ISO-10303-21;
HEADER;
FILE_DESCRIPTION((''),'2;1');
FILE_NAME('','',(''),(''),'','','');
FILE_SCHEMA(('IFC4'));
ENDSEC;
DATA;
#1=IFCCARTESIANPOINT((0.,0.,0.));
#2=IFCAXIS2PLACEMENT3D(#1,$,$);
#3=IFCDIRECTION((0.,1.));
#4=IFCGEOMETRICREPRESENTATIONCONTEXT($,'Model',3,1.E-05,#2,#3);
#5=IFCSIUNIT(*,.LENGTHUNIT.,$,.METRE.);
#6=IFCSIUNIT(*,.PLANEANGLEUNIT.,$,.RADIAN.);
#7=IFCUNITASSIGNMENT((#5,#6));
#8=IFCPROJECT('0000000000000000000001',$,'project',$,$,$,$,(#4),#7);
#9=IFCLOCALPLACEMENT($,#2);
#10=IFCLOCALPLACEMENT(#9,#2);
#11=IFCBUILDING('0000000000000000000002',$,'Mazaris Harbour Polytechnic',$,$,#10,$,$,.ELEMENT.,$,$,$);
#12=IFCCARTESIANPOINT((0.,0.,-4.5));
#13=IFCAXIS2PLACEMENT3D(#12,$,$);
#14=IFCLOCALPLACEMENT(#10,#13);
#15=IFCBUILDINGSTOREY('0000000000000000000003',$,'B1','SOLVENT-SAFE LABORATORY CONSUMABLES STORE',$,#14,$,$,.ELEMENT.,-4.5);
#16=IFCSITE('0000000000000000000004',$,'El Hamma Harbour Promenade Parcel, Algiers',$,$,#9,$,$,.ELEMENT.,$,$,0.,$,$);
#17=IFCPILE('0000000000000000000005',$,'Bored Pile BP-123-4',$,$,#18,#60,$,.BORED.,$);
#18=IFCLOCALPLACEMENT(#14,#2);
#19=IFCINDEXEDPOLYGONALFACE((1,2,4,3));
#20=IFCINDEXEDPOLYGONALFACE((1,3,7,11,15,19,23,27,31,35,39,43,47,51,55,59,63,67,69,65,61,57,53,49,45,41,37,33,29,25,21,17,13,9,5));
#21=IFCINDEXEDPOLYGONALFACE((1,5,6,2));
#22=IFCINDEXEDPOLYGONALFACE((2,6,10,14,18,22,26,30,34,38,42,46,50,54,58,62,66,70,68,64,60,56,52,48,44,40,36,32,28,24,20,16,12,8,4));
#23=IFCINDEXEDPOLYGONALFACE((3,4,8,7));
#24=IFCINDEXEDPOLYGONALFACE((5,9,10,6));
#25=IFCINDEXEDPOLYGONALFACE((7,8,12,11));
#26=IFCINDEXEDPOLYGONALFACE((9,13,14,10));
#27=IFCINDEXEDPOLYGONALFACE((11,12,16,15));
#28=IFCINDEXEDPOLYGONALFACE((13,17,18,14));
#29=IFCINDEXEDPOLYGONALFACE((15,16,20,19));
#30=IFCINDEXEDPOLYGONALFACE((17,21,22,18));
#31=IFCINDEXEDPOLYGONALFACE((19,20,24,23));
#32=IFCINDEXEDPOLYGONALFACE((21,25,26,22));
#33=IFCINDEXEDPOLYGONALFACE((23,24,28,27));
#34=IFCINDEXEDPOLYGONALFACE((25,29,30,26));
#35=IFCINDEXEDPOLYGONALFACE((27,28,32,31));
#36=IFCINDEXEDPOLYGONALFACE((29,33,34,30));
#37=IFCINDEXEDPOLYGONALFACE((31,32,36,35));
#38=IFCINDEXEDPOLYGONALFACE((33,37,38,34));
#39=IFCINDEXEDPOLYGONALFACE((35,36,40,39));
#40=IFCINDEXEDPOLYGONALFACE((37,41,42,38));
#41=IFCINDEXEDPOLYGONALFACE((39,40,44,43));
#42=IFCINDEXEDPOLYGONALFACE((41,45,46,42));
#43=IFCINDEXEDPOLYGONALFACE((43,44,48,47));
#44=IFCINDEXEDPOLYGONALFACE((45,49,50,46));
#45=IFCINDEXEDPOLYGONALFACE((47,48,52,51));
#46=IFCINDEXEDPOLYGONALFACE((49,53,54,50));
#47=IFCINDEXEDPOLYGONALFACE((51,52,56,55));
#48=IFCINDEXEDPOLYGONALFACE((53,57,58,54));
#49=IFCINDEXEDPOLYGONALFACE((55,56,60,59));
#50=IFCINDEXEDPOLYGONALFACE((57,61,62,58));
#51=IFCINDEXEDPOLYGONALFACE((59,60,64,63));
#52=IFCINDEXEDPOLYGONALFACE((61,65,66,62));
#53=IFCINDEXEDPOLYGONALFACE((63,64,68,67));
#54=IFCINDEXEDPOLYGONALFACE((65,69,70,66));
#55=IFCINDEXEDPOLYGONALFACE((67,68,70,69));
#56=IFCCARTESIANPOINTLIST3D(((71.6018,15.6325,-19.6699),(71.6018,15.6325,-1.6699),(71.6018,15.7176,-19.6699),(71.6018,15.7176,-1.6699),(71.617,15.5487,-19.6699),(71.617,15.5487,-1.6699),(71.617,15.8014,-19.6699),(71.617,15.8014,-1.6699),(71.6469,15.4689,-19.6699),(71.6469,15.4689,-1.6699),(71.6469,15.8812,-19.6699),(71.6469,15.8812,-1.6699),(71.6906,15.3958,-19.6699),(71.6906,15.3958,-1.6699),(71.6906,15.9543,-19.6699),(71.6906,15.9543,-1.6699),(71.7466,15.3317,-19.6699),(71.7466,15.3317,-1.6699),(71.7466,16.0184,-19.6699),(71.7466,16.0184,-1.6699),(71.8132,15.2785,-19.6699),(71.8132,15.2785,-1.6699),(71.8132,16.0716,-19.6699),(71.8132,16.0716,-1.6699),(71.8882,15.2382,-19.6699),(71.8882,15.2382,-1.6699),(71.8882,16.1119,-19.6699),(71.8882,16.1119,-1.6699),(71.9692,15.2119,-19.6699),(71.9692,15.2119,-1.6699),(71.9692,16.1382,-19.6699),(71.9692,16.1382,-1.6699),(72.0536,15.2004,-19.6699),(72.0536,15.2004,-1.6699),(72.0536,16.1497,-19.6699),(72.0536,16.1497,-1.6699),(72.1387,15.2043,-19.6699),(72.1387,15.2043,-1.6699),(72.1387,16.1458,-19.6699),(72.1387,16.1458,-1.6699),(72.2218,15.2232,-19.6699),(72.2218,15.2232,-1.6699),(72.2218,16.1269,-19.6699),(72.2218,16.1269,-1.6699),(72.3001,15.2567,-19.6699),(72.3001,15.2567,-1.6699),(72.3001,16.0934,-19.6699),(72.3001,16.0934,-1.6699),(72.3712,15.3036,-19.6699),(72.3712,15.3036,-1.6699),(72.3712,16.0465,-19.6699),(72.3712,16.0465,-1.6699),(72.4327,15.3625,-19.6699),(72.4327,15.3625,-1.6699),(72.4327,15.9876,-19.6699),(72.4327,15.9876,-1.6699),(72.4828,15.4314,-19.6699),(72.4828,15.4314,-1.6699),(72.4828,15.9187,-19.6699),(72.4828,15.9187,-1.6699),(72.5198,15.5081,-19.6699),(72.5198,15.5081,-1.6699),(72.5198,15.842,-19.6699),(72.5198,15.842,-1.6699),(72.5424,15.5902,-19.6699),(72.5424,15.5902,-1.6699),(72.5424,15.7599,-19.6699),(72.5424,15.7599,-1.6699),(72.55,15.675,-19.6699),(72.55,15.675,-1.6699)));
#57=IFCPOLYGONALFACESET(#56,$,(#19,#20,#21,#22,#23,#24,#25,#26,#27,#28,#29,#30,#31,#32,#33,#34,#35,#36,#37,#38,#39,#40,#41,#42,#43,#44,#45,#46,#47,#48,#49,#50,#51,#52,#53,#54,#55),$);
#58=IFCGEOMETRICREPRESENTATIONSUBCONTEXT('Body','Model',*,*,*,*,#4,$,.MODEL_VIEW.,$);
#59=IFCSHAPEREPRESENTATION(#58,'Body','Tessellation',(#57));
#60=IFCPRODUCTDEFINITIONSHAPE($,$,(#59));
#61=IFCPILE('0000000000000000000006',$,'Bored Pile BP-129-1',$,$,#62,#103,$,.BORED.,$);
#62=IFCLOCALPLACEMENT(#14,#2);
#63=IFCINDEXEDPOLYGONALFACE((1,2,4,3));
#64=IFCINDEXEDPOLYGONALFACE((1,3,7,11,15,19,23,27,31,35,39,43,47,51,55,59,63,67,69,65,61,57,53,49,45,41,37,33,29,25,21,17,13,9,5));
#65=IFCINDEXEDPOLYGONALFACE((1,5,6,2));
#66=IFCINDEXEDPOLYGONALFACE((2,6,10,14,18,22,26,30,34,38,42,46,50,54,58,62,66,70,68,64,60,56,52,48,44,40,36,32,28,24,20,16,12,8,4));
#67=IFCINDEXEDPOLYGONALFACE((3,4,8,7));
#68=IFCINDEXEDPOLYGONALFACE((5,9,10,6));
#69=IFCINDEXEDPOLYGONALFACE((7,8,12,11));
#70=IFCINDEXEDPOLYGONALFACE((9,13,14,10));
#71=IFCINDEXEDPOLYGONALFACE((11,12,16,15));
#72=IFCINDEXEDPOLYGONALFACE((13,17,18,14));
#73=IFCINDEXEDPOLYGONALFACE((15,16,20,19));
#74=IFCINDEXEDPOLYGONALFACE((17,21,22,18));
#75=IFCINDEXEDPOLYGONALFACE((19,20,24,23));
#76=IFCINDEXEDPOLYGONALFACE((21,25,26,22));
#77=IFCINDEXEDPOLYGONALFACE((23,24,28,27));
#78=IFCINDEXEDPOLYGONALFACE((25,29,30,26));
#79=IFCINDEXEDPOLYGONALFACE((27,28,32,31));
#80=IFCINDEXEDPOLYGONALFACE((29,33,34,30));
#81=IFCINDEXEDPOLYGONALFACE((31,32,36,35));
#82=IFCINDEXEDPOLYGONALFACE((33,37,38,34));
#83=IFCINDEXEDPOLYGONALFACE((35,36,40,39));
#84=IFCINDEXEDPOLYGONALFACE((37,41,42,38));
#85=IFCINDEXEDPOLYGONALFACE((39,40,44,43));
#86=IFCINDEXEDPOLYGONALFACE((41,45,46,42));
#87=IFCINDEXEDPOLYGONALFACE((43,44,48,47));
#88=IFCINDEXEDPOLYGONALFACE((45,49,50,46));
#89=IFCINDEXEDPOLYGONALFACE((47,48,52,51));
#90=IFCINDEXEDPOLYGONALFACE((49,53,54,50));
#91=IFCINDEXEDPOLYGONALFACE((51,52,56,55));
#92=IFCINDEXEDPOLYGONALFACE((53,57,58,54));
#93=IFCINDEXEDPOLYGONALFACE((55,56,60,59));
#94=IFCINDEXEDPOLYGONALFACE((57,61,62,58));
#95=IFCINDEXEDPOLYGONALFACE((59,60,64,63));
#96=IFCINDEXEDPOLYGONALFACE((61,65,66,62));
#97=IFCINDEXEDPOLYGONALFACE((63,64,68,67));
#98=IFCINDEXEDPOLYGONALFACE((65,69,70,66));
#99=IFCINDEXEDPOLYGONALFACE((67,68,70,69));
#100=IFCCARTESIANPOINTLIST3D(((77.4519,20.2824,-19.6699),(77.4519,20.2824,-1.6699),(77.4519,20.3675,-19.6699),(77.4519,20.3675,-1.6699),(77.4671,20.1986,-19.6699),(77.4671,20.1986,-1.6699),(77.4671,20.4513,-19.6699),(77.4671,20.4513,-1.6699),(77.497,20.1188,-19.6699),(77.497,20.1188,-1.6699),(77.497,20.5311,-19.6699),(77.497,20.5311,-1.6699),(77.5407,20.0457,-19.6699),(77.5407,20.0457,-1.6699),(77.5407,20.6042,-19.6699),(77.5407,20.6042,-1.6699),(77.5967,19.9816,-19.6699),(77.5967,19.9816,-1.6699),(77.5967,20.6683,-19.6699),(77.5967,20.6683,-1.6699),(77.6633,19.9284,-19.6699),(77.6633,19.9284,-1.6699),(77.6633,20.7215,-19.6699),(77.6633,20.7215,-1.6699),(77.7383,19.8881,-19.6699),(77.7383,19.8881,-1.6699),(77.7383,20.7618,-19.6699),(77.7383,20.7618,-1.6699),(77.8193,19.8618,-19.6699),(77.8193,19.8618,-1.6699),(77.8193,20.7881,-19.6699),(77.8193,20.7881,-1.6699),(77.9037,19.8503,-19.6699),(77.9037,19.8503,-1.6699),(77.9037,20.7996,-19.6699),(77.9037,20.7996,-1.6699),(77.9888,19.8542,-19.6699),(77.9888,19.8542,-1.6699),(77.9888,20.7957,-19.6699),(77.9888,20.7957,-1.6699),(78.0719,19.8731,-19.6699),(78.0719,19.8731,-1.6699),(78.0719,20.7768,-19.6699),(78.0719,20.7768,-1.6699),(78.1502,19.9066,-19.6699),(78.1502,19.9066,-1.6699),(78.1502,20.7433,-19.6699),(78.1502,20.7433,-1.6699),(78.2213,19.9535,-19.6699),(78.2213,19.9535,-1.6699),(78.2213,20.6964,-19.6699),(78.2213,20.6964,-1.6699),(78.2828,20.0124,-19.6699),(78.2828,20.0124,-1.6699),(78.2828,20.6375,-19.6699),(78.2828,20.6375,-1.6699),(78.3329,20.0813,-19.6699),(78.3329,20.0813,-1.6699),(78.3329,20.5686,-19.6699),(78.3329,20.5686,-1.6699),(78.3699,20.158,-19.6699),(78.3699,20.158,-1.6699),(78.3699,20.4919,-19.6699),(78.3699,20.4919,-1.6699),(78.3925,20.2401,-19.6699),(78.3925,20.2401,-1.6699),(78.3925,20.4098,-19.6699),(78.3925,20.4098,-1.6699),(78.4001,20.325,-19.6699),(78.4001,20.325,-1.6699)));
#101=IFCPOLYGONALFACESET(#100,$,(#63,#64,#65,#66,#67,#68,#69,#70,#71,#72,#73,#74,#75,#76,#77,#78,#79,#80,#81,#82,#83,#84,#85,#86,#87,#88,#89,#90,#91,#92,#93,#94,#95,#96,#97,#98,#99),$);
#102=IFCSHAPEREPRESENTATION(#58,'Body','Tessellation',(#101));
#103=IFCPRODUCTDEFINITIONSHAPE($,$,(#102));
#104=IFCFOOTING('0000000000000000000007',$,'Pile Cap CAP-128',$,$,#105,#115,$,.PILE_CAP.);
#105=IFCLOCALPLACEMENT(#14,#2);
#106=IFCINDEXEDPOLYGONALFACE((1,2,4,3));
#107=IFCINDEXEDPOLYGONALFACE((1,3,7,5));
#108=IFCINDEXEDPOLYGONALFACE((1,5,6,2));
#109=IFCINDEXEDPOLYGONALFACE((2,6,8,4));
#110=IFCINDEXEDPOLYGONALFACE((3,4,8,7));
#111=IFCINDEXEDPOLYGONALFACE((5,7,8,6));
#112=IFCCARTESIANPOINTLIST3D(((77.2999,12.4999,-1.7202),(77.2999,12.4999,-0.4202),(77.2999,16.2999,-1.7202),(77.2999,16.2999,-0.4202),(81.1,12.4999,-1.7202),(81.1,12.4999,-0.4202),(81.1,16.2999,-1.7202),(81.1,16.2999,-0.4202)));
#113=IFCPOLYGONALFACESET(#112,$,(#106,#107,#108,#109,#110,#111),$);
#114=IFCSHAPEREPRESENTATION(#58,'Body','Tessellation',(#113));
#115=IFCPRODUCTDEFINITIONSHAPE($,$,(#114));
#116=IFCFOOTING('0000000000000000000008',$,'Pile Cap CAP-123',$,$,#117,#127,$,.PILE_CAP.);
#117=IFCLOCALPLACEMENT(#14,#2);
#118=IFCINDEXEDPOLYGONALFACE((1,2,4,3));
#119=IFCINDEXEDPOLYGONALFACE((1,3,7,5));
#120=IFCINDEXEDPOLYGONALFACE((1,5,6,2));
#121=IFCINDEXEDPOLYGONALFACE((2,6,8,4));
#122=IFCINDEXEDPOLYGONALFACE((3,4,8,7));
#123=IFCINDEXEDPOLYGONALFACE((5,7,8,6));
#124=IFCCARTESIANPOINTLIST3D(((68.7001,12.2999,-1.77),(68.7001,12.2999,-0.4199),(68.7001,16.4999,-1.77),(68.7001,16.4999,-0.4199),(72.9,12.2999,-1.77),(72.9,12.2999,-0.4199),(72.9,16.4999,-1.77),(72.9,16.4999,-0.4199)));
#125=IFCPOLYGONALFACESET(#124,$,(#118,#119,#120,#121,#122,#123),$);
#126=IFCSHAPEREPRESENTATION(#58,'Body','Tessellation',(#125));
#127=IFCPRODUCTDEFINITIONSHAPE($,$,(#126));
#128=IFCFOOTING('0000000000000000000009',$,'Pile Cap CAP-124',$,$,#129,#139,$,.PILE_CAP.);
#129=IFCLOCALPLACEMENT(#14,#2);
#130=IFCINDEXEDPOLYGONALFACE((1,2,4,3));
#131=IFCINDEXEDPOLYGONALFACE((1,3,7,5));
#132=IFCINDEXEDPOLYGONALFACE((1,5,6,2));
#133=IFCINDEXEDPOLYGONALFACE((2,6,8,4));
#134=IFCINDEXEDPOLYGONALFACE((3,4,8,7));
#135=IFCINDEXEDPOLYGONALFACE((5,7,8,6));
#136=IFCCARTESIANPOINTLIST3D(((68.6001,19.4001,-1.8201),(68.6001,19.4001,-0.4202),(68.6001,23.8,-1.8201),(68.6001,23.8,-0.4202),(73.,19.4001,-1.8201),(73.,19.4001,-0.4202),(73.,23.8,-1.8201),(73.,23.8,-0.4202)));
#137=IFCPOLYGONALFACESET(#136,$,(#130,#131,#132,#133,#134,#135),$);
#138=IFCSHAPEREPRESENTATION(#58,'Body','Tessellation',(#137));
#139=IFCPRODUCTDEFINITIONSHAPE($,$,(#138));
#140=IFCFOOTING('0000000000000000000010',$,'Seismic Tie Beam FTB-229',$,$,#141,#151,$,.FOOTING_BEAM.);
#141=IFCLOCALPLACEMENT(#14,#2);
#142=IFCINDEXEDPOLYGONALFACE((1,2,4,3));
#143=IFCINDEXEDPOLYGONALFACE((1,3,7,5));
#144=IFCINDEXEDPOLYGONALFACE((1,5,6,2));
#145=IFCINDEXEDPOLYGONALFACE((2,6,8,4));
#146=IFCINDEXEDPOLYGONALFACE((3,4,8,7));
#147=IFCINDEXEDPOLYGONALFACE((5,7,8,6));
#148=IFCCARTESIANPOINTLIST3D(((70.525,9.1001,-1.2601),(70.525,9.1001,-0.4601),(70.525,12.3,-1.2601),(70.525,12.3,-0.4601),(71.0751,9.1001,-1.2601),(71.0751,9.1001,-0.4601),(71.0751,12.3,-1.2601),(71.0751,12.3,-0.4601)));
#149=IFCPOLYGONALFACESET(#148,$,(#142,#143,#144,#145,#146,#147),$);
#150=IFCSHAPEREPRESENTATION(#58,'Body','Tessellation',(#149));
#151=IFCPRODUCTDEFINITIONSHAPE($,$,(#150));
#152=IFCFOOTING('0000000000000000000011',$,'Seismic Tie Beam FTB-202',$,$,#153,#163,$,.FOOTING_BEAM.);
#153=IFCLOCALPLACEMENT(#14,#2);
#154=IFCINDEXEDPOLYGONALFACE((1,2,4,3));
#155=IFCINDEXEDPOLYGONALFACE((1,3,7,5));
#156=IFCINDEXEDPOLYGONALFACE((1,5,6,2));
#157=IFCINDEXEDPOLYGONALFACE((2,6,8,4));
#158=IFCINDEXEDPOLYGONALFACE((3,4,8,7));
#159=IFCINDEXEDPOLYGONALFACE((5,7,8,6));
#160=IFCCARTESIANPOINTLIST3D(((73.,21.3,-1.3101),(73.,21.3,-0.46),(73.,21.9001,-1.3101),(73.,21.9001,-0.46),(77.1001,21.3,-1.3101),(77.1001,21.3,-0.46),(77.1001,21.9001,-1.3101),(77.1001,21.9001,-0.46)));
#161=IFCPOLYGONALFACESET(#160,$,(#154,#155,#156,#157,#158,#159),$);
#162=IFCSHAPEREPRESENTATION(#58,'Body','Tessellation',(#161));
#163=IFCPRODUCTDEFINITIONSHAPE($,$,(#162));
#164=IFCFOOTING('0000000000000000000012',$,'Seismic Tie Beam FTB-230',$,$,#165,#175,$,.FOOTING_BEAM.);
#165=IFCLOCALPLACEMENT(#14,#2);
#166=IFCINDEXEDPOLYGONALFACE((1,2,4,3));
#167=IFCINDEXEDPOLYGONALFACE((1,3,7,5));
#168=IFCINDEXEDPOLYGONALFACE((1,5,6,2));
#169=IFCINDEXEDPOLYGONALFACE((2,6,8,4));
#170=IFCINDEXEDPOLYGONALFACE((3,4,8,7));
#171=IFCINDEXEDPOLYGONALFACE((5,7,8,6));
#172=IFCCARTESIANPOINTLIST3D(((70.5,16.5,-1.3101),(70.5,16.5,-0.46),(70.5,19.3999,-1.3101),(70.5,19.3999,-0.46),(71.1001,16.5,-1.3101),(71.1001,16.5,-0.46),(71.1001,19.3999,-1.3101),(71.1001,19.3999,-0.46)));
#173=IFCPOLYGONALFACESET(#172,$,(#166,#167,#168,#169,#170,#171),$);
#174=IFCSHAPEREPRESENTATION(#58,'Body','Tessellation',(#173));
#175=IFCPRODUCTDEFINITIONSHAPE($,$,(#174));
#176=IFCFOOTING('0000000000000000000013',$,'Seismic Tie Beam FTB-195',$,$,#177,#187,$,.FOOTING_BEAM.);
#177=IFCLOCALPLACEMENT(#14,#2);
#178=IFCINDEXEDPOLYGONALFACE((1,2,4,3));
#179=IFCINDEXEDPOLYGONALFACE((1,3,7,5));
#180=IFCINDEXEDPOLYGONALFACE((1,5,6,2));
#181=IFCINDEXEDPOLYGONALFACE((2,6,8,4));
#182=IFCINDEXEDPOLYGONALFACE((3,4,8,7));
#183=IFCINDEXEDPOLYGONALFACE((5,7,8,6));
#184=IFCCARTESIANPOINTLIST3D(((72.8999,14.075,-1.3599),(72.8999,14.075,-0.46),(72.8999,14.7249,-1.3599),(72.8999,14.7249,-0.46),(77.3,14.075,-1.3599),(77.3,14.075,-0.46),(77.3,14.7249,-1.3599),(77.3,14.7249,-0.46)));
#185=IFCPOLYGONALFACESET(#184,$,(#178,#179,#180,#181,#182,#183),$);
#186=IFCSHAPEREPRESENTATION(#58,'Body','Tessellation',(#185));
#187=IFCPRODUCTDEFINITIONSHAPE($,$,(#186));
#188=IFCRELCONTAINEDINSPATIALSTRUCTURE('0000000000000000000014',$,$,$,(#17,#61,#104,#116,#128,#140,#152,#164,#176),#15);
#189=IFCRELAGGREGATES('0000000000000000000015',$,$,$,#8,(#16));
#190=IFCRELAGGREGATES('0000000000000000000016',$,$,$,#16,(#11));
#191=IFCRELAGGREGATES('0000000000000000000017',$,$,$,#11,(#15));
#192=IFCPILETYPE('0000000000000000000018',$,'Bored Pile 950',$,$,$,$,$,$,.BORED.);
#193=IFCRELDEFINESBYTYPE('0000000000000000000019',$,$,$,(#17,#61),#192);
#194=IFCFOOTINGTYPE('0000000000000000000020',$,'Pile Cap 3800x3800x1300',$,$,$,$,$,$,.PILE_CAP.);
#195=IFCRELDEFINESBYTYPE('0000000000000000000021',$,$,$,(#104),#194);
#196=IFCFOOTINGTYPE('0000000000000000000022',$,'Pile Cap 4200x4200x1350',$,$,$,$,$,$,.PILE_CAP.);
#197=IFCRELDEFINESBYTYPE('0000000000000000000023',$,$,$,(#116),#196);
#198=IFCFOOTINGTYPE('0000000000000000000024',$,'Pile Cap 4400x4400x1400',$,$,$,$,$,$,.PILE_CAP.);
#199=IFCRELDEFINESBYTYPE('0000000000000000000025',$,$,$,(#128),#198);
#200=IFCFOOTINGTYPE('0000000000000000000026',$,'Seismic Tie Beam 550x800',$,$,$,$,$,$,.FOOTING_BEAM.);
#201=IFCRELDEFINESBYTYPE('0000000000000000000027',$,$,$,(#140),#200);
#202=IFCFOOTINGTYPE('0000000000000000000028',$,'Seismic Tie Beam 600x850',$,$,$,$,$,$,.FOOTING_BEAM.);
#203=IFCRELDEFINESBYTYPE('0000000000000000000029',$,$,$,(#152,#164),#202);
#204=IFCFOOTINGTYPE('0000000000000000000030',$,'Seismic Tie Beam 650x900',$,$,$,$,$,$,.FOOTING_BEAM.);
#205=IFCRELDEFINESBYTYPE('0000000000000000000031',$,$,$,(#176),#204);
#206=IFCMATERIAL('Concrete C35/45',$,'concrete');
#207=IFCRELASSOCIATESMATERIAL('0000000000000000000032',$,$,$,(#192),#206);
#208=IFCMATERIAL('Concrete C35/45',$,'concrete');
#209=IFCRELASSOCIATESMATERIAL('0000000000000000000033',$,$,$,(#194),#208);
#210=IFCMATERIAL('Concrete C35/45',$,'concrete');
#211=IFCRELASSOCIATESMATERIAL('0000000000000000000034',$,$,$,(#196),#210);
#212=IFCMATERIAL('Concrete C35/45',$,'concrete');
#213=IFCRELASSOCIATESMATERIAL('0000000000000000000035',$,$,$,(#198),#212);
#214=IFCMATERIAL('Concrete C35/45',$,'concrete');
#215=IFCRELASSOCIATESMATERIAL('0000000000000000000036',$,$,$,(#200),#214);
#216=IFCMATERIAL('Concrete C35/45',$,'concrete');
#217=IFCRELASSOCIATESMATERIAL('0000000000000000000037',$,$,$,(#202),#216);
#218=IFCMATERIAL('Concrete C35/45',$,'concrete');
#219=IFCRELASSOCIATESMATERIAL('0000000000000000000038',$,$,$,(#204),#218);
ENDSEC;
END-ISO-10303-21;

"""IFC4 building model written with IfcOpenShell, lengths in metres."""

from ifc_helpers import new_model, si_unit, direction, frame, origin, origin_2d, place, context, subcontext, project, spatial, rectangle, circle, extrude, material, material_profile, profile_set, type_object, element, save


model = new_model("IFC4")

# Units and contexts
model_context = context("Model", 3, precision=1e-05, world=origin(), true_north=direction((0.0, 1.0)))
body_context = subcontext(model_context, "Body", "Model", "MODEL_VIEW")
ifc_project = project(units=[si_unit("LENGTHUNIT", "METRE"), si_unit("PLANEANGLEUNIT", "RADIAN")], contexts=[model_context])

# Site, building, storey
site_placement = place(None, origin())
site = spatial("IfcSite", under=ifc_project, at=site_placement, Name="El Hamma Harbour Promenade Parcel, Algiers", CompositionType="ELEMENT", RefElevation=0.0)
building_placement = place(site_placement, origin())
building = spatial("IfcBuilding", under=site, at=building_placement, Name="Mazaris Harbour Polytechnic", CompositionType="ELEMENT")
storey_placement = place(building_placement, frame((0.0, 0.0, -4.5)))
storey = spatial("IfcBuildingStorey", under=building, at=storey_placement, Name="B1", Description="SOLVENT-SAFE LABORATORY CONSUMABLES STORE", CompositionType="ELEMENT", Elevation=-4.5)

# Piles
ifc_material_1 = material(Name="Concrete C35/45", Category="concrete")
ifc_material_profile_1 = material_profile(ifc_material_1, circle(Radius=0.4751, at=origin_2d()), Name="DIA950")
ifc_profile_set_1 = profile_set([ifc_material_profile_1], Name="Concrete C35/45")
pile_type_1 = type_object("IfcPileType", Name="Bored Pile 950", PredefinedType="BORED", material=ifc_profile_set_1)
for number, where, z_axis, x_axis, name in (
    (1, (72.075, 15.675, -1.6699), (0.0, 0.0, -1.0), (1.0, 0.0, 0.0), "Bored Pile BP-123-4"),
    (2, (77.925, 20.325, -1.6699), (0.0, 0.0, -1.0), (1.0, 0.0, 0.0), "Bored Pile BP-129-1"),
):
    element("IfcPile", number, at=place(storey_placement, frame(where, z_axis=z_axis, x_axis=x_axis)), inside=storey, type_object=pile_type_1, Name=name, PredefinedType="BORED", context=body_context, shape_type="SweptSolid", body=[
        extrude(circle(Radius=0.4751, at=origin_2d()), origin(), (0.0, 0.0, 1.0), 18.0),
    ])

# Footings
ifc_material_2 = material(Name="Concrete C35/45", Category="concrete")
footing_type_1 = type_object("IfcFootingType", Name="Pile Cap 3800x3800x1300", PredefinedType="PILE_CAP", material=ifc_material_2)
footing_1_placement = place(storey_placement, frame((79.2, 14.3999, -1.7202), z_axis=(0.0, 0.0, 1.0), x_axis=(1.0, 0.0, 0.0)))
element("IfcFooting", 3, at=footing_1_placement, inside=storey, type_object=footing_type_1, Name="Pile Cap CAP-128", PredefinedType="PILE_CAP", context=body_context, shape_type="SweptSolid", body=[
    extrude(rectangle(XDim=3.8, YDim=3.8, at=origin_2d()), origin(), (0.0, 0.0, 1.0), 1.3),
])
ifc_material_3 = material(Name="Concrete C35/45", Category="concrete")
footing_type_2 = type_object("IfcFootingType", Name="Pile Cap 4200x4200x1350", PredefinedType="PILE_CAP", material=ifc_material_3)
footing_2_placement = place(storey_placement, frame((70.8, 14.3999, -1.77), z_axis=(0.0, 0.0, 1.0), x_axis=(1.0, 0.0, 0.0)))
element("IfcFooting", 4, at=footing_2_placement, inside=storey, type_object=footing_type_2, Name="Pile Cap CAP-123", PredefinedType="PILE_CAP", context=body_context, shape_type="SweptSolid", body=[
    extrude(rectangle(XDim=4.2, YDim=4.2, at=origin_2d()), origin(), (0.0, 0.0, 1.0), 1.3501),
])
ifc_material_4 = material(Name="Concrete C35/45", Category="concrete")
footing_type_3 = type_object("IfcFootingType", Name="Pile Cap 4400x4400x1400", PredefinedType="PILE_CAP", material=ifc_material_4)
footing_3_placement = place(storey_placement, frame((70.8, 21.6001, -1.8201), z_axis=(0.0, 0.0, 1.0), x_axis=(1.0, 0.0, 0.0)))
element("IfcFooting", 5, at=footing_3_placement, inside=storey, type_object=footing_type_3, Name="Pile Cap CAP-124", PredefinedType="PILE_CAP", context=body_context, shape_type="SweptSolid", body=[
    extrude(rectangle(XDim=4.3999, YDim=4.3999, at=origin_2d()), origin(), (0.0, 0.0, 1.0), 1.3999),
])
ifc_material_5 = material(Name="Concrete C35/45", Category="concrete")
ifc_material_profile_2 = material_profile(ifc_material_5, rectangle(XDim=0.55, YDim=0.8, at=origin_2d()), Name="RECT550x800")
ifc_profile_set_2 = profile_set([ifc_material_profile_2], Name="Concrete C35/45")
footing_type_4 = type_object("IfcFootingType", Name="Seismic Tie Beam 550x800", PredefinedType="FOOTING_BEAM", material=ifc_profile_set_2)
footing_4_placement = place(storey_placement, frame((70.8, 9.1001, -0.8601), z_axis=(0.0, 1.0, 0.0), x_axis=(-1.0, 0.0, 0.0)))
element("IfcFooting", 6, at=footing_4_placement, inside=storey, type_object=footing_type_4, Name="Seismic Tie Beam FTB-229", PredefinedType="FOOTING_BEAM", context=body_context, shape_type="SweptSolid", body=[
    extrude(rectangle(XDim=0.55, YDim=0.8, at=origin_2d()), origin(), (0.0, 0.0, 1.0), 3.2),
])
ifc_material_6 = material(Name="Concrete C35/45", Category="concrete")
ifc_material_profile_3 = material_profile(ifc_material_6, rectangle(XDim=0.6001, YDim=0.8501, at=origin_2d()), Name="RECT600x850")
ifc_profile_set_3 = profile_set([ifc_material_profile_3], Name="Concrete C35/45")
footing_type_5 = type_object("IfcFootingType", Name="Seismic Tie Beam 600x850", PredefinedType="FOOTING_BEAM", material=ifc_profile_set_3)
footing_5_placement = place(storey_placement, frame((73.0, 21.6001, -0.885), z_axis=(1.0, 0.0, 0.0), x_axis=(0.0, 1.0, 0.0)))
element("IfcFooting", 7, at=footing_5_placement, inside=storey, type_object=footing_type_5, Name="Seismic Tie Beam FTB-202", PredefinedType="FOOTING_BEAM", context=body_context, shape_type="SweptSolid", body=[
    extrude(rectangle(XDim=0.6001, YDim=0.8501, at=origin_2d()), origin(), (0.0, 0.0, 1.0), 4.1001),
])
footing_6_placement = place(storey_placement, frame((70.8, 16.5, -0.885), z_axis=(0.0, 1.0, 0.0), x_axis=(-1.0, 0.0, 0.0)))
element("IfcFooting", 8, at=footing_6_placement, inside=storey, type_object=footing_type_5, Name="Seismic Tie Beam FTB-230", PredefinedType="FOOTING_BEAM", context=body_context, shape_type="SweptSolid", body=[
    extrude(rectangle(XDim=0.6001, YDim=0.8501, at=origin_2d()), origin(), (0.0, 0.0, 1.0), 2.8999),
])
ifc_material_7 = material(Name="Concrete C35/45", Category="concrete")
ifc_material_profile_4 = material_profile(ifc_material_7, rectangle(XDim=0.6499, YDim=0.8999, at=origin_2d()), Name="RECT650x900")
ifc_profile_set_4 = profile_set([ifc_material_profile_4], Name="Concrete C35/45")
footing_type_6 = type_object("IfcFootingType", Name="Seismic Tie Beam 650x900", PredefinedType="FOOTING_BEAM", material=ifc_profile_set_4)
footing_7_placement = place(storey_placement, frame((72.8999, 14.3999, -0.9099), z_axis=(1.0, 0.0, 0.0), x_axis=(0.0, 1.0, 0.0)))
element("IfcFooting", 9, at=footing_7_placement, inside=storey, type_object=footing_type_6, Name="Seismic Tie Beam FTB-195", PredefinedType="FOOTING_BEAM", context=body_context, shape_type="SweptSolid", body=[
    extrude(rectangle(XDim=0.6499, YDim=0.8999, at=origin_2d()), origin(), (0.0, 0.0, 1.0), 4.4001),
])

save(model, "model.ifc")
